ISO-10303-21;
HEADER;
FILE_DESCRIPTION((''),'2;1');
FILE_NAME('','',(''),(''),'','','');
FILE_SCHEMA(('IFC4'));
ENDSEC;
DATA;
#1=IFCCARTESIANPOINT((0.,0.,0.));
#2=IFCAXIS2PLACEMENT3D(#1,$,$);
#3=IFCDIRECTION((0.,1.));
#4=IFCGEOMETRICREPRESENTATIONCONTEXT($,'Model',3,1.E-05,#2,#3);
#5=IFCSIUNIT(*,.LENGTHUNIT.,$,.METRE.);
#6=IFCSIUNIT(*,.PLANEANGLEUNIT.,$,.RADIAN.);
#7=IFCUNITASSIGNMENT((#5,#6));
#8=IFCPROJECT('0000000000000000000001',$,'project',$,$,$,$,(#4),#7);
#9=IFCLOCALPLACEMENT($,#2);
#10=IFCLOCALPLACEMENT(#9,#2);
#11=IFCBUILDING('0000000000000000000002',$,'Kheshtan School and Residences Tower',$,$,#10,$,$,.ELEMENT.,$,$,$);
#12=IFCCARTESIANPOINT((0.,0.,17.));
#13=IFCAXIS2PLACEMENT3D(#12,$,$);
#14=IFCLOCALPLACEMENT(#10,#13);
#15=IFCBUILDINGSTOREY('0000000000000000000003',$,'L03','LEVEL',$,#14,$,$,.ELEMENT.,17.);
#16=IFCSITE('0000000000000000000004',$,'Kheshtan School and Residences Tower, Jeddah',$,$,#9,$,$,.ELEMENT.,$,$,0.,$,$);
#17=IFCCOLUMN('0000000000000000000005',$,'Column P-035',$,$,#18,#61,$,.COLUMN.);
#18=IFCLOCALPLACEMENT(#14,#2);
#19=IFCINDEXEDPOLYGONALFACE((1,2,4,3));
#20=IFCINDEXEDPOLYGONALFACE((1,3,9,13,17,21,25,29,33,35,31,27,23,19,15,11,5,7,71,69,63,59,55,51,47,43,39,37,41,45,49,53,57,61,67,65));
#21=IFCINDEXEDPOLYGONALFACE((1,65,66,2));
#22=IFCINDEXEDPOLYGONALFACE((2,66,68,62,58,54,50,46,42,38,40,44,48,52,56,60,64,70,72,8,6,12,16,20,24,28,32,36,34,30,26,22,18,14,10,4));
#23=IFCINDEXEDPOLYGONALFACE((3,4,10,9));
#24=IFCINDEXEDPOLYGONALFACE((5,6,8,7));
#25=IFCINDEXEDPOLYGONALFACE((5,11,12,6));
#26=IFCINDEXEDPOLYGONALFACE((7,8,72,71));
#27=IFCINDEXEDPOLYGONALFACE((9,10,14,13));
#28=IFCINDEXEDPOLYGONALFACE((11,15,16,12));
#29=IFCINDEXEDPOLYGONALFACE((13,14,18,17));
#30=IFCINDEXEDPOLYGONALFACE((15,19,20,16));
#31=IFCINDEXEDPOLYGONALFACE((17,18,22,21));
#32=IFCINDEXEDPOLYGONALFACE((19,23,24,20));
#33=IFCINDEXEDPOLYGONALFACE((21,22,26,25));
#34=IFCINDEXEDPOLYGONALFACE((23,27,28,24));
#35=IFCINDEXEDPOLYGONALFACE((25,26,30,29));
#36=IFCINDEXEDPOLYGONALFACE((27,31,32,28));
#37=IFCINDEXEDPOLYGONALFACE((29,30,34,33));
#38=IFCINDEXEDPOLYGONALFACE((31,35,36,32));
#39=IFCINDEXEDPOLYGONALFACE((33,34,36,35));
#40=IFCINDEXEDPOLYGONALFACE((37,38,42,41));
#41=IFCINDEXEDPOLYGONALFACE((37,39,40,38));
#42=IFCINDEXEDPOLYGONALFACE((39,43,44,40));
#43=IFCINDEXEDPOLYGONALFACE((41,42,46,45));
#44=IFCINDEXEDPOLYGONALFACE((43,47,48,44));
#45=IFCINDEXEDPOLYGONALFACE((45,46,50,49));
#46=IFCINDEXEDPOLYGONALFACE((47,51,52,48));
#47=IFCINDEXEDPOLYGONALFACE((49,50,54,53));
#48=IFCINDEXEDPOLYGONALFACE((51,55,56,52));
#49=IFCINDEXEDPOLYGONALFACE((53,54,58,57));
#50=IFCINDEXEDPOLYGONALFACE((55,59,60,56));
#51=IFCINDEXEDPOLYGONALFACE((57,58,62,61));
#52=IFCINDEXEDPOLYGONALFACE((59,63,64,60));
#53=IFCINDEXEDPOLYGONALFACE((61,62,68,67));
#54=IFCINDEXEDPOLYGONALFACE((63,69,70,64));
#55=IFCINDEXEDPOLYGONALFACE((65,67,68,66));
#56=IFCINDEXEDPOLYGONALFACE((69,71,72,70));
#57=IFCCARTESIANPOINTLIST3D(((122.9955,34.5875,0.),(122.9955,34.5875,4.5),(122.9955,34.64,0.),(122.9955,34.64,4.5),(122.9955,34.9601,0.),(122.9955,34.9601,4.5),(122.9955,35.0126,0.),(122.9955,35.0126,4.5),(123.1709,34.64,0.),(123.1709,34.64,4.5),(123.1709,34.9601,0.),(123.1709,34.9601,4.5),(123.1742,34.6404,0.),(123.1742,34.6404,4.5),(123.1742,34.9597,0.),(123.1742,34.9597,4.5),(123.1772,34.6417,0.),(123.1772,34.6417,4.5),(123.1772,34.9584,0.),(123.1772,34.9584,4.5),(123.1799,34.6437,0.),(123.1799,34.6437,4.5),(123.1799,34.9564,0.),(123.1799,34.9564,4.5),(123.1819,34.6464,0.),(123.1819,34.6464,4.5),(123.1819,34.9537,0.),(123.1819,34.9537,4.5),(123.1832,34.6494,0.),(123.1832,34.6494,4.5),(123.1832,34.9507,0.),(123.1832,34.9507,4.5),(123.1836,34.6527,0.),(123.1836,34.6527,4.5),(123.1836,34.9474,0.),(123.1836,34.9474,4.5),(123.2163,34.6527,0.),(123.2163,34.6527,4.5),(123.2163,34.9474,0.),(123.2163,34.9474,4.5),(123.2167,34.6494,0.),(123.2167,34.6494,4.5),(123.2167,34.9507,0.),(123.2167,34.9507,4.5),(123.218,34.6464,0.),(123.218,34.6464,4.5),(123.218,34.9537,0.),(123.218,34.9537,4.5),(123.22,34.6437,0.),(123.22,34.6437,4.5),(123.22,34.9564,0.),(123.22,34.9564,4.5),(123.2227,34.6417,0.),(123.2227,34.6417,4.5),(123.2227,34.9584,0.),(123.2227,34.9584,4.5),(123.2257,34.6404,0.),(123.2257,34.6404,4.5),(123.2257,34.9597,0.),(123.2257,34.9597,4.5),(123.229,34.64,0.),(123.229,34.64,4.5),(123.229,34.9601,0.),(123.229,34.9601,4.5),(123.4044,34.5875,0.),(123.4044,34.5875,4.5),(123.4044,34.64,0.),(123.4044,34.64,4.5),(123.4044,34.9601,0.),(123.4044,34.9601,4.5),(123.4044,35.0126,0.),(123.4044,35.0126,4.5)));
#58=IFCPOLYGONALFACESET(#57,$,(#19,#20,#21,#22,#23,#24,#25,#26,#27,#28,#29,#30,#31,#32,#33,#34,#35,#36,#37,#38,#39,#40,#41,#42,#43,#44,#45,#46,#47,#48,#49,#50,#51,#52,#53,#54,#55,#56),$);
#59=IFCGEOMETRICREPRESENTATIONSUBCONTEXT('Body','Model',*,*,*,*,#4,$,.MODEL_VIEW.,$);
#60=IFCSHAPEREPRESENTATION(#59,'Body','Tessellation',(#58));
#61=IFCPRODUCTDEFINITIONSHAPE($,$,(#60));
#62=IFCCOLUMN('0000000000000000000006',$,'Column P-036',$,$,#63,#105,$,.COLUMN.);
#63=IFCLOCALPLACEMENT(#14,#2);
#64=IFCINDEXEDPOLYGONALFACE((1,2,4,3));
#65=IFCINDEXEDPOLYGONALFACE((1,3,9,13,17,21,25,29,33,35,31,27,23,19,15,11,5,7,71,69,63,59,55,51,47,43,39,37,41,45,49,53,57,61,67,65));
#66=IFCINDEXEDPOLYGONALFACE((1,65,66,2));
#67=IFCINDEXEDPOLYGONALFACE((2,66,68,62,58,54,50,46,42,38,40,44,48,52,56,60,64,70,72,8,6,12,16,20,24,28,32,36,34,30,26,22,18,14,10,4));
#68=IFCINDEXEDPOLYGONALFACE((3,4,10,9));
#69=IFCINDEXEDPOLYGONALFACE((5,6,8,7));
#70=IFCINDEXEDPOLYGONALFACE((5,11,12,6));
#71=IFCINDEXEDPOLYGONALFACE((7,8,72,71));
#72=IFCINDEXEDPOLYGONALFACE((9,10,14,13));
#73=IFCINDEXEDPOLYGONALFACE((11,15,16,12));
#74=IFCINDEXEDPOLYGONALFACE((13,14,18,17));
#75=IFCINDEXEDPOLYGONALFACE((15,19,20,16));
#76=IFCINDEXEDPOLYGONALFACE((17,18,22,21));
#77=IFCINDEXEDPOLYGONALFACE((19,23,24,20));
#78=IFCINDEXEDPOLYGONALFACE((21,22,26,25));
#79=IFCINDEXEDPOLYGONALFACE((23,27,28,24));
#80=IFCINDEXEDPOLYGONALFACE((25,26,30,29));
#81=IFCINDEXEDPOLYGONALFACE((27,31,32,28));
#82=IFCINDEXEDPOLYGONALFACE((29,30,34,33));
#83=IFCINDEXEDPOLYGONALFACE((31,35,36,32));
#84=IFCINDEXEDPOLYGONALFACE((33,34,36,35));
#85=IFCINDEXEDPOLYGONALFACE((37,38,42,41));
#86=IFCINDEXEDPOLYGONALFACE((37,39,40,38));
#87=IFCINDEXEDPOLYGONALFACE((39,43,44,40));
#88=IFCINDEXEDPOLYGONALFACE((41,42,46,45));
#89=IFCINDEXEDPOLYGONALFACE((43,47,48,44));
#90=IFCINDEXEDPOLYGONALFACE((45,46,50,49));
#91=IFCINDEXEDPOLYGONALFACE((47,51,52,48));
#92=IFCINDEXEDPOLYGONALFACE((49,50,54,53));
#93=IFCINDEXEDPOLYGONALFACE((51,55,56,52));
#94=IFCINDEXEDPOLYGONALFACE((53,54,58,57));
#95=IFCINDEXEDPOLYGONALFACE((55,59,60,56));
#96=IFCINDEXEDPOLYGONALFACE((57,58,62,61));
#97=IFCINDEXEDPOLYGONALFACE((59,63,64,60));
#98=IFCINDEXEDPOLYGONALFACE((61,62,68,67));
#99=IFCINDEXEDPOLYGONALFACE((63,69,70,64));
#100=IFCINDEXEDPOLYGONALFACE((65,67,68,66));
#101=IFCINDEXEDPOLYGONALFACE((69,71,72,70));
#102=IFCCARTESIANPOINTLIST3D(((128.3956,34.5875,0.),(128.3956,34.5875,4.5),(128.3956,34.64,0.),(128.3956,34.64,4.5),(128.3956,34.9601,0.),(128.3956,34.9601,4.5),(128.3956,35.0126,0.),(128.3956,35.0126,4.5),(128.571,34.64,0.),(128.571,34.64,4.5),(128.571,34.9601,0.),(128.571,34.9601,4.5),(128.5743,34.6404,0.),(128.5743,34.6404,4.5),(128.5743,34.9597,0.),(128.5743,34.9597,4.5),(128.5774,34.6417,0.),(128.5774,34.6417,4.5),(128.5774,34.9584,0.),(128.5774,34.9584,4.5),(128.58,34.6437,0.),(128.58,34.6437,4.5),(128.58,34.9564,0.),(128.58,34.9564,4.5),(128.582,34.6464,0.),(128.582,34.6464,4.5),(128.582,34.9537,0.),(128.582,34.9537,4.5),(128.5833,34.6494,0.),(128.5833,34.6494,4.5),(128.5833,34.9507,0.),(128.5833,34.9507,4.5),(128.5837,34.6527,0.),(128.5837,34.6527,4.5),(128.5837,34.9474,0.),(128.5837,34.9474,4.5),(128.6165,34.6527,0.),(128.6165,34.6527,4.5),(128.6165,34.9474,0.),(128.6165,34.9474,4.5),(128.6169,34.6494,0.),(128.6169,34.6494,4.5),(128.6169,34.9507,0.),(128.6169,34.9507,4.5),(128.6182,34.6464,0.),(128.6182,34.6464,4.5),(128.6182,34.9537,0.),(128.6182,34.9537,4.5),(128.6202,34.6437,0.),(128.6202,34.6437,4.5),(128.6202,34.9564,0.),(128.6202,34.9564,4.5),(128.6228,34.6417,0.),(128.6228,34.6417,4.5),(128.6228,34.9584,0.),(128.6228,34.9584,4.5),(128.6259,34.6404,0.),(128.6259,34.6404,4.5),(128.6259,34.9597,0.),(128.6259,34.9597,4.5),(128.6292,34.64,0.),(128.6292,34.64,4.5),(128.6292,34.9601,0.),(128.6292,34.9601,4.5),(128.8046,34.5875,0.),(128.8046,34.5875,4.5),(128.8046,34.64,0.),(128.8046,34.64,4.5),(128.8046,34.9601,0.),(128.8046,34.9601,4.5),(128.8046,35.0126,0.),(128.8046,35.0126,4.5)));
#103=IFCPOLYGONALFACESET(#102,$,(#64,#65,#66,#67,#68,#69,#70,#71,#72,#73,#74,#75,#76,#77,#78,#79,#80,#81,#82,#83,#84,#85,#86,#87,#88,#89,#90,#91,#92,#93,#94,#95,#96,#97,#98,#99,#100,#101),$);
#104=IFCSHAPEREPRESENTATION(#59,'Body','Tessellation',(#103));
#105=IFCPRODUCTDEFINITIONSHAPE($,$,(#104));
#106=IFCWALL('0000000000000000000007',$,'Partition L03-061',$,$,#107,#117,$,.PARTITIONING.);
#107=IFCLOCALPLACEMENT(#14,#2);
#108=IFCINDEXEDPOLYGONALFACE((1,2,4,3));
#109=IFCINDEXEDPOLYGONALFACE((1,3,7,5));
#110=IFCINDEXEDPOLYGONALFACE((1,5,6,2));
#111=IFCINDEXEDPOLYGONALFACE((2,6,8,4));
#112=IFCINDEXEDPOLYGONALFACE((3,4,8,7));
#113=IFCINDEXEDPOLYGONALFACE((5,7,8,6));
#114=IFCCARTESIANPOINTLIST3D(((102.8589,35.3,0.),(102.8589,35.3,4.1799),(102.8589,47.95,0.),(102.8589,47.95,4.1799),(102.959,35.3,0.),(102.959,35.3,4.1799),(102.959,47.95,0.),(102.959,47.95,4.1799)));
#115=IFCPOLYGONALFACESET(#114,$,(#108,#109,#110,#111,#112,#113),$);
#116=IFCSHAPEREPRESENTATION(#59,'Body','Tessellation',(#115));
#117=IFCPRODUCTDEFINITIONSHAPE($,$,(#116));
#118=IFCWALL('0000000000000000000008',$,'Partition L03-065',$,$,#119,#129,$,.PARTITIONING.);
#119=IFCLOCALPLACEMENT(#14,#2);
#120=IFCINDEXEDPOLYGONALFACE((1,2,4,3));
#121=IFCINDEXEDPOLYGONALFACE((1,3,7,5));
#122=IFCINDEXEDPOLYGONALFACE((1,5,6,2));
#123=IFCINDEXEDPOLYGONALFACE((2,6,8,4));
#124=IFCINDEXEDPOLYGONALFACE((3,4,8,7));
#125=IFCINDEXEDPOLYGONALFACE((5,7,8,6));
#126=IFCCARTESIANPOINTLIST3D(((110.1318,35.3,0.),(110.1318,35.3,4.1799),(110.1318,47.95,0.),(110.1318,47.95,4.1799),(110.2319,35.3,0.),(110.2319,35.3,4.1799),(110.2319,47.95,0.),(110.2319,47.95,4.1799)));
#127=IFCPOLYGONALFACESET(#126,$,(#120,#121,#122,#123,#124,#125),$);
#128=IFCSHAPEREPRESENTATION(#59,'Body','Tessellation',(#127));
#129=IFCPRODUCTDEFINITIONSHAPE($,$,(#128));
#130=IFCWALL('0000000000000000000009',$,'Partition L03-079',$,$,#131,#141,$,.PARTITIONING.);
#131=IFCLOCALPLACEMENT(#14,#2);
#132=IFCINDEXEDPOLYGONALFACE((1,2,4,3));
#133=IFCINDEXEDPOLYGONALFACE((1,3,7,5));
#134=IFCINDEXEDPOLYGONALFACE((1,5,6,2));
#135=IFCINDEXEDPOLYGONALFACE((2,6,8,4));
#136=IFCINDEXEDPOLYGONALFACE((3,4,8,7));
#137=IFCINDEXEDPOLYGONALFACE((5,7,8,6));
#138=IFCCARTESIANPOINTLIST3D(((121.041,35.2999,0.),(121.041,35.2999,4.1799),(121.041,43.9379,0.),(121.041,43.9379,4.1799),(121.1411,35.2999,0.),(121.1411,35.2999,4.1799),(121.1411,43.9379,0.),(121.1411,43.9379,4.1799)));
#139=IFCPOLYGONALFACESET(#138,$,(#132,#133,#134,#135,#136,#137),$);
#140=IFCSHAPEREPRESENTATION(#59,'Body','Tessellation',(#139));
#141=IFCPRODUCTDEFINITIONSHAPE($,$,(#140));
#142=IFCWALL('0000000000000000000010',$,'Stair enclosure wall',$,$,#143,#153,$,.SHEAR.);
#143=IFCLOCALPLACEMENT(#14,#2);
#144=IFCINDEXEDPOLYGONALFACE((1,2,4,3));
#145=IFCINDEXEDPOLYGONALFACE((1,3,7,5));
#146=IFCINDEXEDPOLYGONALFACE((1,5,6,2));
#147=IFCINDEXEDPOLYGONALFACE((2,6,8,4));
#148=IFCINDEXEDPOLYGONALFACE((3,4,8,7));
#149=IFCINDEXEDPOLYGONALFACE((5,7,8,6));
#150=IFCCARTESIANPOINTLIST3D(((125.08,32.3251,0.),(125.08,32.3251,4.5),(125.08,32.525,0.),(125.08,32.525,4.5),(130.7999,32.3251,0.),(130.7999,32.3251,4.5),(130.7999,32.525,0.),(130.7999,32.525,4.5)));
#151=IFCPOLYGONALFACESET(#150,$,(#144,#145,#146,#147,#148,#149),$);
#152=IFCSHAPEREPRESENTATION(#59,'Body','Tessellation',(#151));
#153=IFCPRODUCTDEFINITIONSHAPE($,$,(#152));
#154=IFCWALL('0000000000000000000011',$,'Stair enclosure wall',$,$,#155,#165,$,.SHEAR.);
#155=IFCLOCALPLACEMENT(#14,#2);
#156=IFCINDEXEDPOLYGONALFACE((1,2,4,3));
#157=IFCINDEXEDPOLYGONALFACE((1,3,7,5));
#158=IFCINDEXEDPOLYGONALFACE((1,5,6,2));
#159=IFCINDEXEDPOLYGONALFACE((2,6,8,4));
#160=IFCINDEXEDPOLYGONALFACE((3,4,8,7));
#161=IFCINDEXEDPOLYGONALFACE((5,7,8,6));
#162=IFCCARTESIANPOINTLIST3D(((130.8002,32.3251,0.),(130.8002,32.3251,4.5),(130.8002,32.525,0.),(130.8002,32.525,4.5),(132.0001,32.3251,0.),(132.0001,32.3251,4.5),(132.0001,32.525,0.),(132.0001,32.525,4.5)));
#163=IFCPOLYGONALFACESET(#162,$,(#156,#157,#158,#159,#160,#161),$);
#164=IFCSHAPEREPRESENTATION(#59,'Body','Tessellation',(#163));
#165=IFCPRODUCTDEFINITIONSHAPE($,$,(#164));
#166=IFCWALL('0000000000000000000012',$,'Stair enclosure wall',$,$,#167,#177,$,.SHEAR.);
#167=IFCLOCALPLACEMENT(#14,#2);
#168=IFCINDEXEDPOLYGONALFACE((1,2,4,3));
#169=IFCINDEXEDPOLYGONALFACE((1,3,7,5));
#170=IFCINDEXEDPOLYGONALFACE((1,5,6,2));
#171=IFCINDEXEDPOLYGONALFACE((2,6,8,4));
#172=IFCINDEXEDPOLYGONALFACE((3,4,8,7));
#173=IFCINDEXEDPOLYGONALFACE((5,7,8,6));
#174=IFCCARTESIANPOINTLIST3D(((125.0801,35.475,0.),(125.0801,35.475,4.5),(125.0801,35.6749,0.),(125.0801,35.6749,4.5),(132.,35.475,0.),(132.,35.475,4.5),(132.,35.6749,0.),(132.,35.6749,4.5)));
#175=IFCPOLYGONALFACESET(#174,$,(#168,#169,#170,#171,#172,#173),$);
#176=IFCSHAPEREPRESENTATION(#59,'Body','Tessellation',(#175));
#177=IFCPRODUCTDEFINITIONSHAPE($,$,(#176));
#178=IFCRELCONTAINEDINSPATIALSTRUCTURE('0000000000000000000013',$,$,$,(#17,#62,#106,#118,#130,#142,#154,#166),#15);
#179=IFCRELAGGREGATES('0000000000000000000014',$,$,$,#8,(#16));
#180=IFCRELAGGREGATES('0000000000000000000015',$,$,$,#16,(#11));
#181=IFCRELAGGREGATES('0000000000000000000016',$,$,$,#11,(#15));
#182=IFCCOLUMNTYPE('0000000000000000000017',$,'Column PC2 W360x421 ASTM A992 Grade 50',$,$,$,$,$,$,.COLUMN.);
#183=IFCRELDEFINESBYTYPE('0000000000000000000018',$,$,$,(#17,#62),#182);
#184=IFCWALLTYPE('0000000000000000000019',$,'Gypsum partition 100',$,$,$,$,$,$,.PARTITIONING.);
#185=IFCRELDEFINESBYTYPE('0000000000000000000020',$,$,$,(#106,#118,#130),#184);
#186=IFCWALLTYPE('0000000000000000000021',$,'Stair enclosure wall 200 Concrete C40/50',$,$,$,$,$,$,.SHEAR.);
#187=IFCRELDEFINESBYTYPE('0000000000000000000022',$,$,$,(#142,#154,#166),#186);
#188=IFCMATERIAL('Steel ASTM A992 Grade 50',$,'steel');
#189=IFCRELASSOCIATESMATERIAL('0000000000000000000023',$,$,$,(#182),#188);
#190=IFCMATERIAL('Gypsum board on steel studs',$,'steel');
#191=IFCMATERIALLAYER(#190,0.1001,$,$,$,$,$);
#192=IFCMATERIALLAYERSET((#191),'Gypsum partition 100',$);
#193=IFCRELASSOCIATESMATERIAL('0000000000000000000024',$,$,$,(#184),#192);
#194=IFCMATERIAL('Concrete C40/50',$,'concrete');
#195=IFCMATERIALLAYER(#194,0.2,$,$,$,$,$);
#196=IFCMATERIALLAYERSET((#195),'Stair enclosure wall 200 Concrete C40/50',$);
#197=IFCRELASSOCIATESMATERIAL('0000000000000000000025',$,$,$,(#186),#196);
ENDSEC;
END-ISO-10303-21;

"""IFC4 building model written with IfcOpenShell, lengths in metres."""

from ifc_helpers import new_model, si_unit, direction, frame, frame_2d, origin, origin_2d, place, context, subcontext, project, spatial, rectangle, i_section, extrude, material, layer, layer_set, material_profile, profile_set, type_object, element, save


model = new_model("IFC4")

# Units and contexts
model_context = context("Model", 3, precision=1e-05, world=origin(), true_north=direction((0.0, 1.0)))
body_context = subcontext(model_context, "Body", "Model", "MODEL_VIEW")
ifc_project = project(units=[si_unit("LENGTHUNIT", "METRE"), si_unit("PLANEANGLEUNIT", "RADIAN")], contexts=[model_context])

# Site, building, storey
site_placement = place(None, origin())
site = spatial("IfcSite", under=ifc_project, at=site_placement, Name="Kheshtan School and Residences Tower, Jeddah", CompositionType="ELEMENT", RefElevation=0.0)
building_placement = place(site_placement, origin())
building = spatial("IfcBuilding", under=site, at=building_placement, Name="Kheshtan School and Residences Tower", CompositionType="ELEMENT")
storey_placement = place(building_placement, frame((0.0, 0.0, 17.0)))
storey = spatial("IfcBuildingStorey", under=building, at=storey_placement, Name="L03", Description="LEVEL", CompositionType="ELEMENT", Elevation=17.0)

# Columns
ifc_material_1 = material(Name="Steel ASTM A992 Grade 50", Category="steel")
ifc_material_profile = material_profile(ifc_material_1, i_section(OverallWidth=0.4089, OverallDepth=0.425, WebThickness=0.0327, FlangeThickness=0.0525, FilletRadius=0.0127, at=origin_2d()), Name="W360x421")
ifc_profile_set = profile_set([ifc_material_profile], Name="Steel ASTM A992 Grade 50")
column_type = type_object("IfcColumnType", Name="Column PC2 W360x421 ASTM A992 Grade 50", PredefinedType="COLUMN", material=ifc_profile_set)
for number, where, z_axis, x_axis, name in (
    (1, (123.2, 34.8, 0.0), (0.0, 0.0, 1.0), (1.0, 0.0, 0.0), "Column P-035"),
    (2, (128.6001, 34.8, 0.0), (0.0, 0.0, 1.0), (1.0, 0.0, 0.0), "Column P-036"),
):
    element("IfcColumn", number, at=place(storey_placement, frame(where, z_axis=z_axis, x_axis=x_axis)), inside=storey, type_object=column_type, Name=name, PredefinedType="COLUMN", context=body_context, shape_type="SweptSolid", body=[
        extrude(i_section(OverallWidth=0.4089, OverallDepth=0.425, WebThickness=0.0327, FlangeThickness=0.0525, FilletRadius=0.0127, at=origin_2d()), origin(), (0.0, 0.0, 1.0), 4.5),
    ])

# Walls
ifc_material_2 = material(Name="Gypsum board on steel studs", Category="steel")
ifc_layer_1 = layer(ifc_material_2, 0.1001)
ifc_layer_set_1 = layer_set([ifc_layer_1], Name="Gypsum partition 100")
wall_type_1 = type_object("IfcWallType", Name="Gypsum partition 100", PredefinedType="PARTITIONING", material=ifc_layer_set_1)
for number, where, z_axis, x_axis, name in (
    (3, (102.9089, 35.3, 0.0), (0.0, 0.0, 1.0), (0.0, 1.0, 0.0), "Partition L03-061"),
    (4, (110.1819, 35.3, 0.0), (0.0, 0.0, 1.0), (0.0, 1.0, 0.0), "Partition L03-065"),
):
    element("IfcWall", number, at=place(storey_placement, frame(where, z_axis=z_axis, x_axis=x_axis)), inside=storey, type_object=wall_type_1, Name=name, PredefinedType="PARTITIONING", context=body_context, shape_type="SweptSolid", body=[
        extrude(rectangle(XDim=12.6499, YDim=0.1001, at=frame_2d((6.325, 0.0))), origin(), (0.0, 0.0, 1.0), 4.1799),
    ])
wall_1_placement = place(storey_placement, frame((121.0911, 35.3, 0.0), z_axis=(0.0, 0.0, 1.0), x_axis=(0.0, 1.0, 0.0)))
element("IfcWall", 5, at=wall_1_placement, inside=storey, type_object=wall_type_1, Name="Partition L03-079", PredefinedType="PARTITIONING", context=body_context, shape_type="SweptSolid", body=[
    extrude(rectangle(XDim=8.6379, YDim=0.1001, at=frame_2d((4.3188, 0.0))), origin(), (0.0, 0.0, 1.0), 4.1799),
])
ifc_material_3 = material(Name="Concrete C40/50", Category="concrete")
ifc_layer_2 = layer(ifc_material_3, 0.2)
ifc_layer_set_2 = layer_set([ifc_layer_2], Name="Stair enclosure wall 200 Concrete C40/50")
wall_type_2 = type_object("IfcWallType", Name="Stair enclosure wall 200 Concrete C40/50", PredefinedType="SHEAR", material=ifc_layer_set_2)
wall_2_placement = place(storey_placement, frame((125.0801, 32.425, 0.0), z_axis=(0.0, 0.0, 1.0), x_axis=(1.0, 0.0, 0.0)))
element("IfcWall", 6, at=wall_2_placement, inside=storey, type_object=wall_type_2, Name="Stair enclosure wall", PredefinedType="SHEAR", context=body_context, shape_type="SweptSolid", body=[
    extrude(rectangle(XDim=5.72, YDim=0.2, at=frame_2d((2.8599, 0.0))), origin(), (0.0, 0.0, 1.0), 4.5),
])
wall_3_placement = place(storey_placement, frame((130.8, 32.425, 0.0), z_axis=(0.0, 0.0, 1.0), x_axis=(1.0, 0.0, 0.0)))
element("IfcWall", 7, at=wall_3_placement, inside=storey, type_object=wall_type_2, Name="Stair enclosure wall", PredefinedType="SHEAR", context=body_context, shape_type="SweptSolid", body=[
    extrude(rectangle(XDim=1.2, YDim=0.2, at=frame_2d((0.6001, 0.0))), origin(), (0.0, 0.0, 1.0), 4.5),
])
wall_4_placement = place(storey_placement, frame((125.0801, 35.575, 0.0), z_axis=(0.0, 0.0, 1.0), x_axis=(1.0, 0.0, 0.0)))
element("IfcWall", 8, at=wall_4_placement, inside=storey, type_object=wall_type_2, Name="Stair enclosure wall", PredefinedType="SHEAR", context=body_context, shape_type="SweptSolid", body=[
    extrude(rectangle(XDim=6.9199, YDim=0.2, at=frame_2d((3.46, 0.0))), origin(), (0.0, 0.0, 1.0), 4.5),
])

save(model, "model.ifc")
